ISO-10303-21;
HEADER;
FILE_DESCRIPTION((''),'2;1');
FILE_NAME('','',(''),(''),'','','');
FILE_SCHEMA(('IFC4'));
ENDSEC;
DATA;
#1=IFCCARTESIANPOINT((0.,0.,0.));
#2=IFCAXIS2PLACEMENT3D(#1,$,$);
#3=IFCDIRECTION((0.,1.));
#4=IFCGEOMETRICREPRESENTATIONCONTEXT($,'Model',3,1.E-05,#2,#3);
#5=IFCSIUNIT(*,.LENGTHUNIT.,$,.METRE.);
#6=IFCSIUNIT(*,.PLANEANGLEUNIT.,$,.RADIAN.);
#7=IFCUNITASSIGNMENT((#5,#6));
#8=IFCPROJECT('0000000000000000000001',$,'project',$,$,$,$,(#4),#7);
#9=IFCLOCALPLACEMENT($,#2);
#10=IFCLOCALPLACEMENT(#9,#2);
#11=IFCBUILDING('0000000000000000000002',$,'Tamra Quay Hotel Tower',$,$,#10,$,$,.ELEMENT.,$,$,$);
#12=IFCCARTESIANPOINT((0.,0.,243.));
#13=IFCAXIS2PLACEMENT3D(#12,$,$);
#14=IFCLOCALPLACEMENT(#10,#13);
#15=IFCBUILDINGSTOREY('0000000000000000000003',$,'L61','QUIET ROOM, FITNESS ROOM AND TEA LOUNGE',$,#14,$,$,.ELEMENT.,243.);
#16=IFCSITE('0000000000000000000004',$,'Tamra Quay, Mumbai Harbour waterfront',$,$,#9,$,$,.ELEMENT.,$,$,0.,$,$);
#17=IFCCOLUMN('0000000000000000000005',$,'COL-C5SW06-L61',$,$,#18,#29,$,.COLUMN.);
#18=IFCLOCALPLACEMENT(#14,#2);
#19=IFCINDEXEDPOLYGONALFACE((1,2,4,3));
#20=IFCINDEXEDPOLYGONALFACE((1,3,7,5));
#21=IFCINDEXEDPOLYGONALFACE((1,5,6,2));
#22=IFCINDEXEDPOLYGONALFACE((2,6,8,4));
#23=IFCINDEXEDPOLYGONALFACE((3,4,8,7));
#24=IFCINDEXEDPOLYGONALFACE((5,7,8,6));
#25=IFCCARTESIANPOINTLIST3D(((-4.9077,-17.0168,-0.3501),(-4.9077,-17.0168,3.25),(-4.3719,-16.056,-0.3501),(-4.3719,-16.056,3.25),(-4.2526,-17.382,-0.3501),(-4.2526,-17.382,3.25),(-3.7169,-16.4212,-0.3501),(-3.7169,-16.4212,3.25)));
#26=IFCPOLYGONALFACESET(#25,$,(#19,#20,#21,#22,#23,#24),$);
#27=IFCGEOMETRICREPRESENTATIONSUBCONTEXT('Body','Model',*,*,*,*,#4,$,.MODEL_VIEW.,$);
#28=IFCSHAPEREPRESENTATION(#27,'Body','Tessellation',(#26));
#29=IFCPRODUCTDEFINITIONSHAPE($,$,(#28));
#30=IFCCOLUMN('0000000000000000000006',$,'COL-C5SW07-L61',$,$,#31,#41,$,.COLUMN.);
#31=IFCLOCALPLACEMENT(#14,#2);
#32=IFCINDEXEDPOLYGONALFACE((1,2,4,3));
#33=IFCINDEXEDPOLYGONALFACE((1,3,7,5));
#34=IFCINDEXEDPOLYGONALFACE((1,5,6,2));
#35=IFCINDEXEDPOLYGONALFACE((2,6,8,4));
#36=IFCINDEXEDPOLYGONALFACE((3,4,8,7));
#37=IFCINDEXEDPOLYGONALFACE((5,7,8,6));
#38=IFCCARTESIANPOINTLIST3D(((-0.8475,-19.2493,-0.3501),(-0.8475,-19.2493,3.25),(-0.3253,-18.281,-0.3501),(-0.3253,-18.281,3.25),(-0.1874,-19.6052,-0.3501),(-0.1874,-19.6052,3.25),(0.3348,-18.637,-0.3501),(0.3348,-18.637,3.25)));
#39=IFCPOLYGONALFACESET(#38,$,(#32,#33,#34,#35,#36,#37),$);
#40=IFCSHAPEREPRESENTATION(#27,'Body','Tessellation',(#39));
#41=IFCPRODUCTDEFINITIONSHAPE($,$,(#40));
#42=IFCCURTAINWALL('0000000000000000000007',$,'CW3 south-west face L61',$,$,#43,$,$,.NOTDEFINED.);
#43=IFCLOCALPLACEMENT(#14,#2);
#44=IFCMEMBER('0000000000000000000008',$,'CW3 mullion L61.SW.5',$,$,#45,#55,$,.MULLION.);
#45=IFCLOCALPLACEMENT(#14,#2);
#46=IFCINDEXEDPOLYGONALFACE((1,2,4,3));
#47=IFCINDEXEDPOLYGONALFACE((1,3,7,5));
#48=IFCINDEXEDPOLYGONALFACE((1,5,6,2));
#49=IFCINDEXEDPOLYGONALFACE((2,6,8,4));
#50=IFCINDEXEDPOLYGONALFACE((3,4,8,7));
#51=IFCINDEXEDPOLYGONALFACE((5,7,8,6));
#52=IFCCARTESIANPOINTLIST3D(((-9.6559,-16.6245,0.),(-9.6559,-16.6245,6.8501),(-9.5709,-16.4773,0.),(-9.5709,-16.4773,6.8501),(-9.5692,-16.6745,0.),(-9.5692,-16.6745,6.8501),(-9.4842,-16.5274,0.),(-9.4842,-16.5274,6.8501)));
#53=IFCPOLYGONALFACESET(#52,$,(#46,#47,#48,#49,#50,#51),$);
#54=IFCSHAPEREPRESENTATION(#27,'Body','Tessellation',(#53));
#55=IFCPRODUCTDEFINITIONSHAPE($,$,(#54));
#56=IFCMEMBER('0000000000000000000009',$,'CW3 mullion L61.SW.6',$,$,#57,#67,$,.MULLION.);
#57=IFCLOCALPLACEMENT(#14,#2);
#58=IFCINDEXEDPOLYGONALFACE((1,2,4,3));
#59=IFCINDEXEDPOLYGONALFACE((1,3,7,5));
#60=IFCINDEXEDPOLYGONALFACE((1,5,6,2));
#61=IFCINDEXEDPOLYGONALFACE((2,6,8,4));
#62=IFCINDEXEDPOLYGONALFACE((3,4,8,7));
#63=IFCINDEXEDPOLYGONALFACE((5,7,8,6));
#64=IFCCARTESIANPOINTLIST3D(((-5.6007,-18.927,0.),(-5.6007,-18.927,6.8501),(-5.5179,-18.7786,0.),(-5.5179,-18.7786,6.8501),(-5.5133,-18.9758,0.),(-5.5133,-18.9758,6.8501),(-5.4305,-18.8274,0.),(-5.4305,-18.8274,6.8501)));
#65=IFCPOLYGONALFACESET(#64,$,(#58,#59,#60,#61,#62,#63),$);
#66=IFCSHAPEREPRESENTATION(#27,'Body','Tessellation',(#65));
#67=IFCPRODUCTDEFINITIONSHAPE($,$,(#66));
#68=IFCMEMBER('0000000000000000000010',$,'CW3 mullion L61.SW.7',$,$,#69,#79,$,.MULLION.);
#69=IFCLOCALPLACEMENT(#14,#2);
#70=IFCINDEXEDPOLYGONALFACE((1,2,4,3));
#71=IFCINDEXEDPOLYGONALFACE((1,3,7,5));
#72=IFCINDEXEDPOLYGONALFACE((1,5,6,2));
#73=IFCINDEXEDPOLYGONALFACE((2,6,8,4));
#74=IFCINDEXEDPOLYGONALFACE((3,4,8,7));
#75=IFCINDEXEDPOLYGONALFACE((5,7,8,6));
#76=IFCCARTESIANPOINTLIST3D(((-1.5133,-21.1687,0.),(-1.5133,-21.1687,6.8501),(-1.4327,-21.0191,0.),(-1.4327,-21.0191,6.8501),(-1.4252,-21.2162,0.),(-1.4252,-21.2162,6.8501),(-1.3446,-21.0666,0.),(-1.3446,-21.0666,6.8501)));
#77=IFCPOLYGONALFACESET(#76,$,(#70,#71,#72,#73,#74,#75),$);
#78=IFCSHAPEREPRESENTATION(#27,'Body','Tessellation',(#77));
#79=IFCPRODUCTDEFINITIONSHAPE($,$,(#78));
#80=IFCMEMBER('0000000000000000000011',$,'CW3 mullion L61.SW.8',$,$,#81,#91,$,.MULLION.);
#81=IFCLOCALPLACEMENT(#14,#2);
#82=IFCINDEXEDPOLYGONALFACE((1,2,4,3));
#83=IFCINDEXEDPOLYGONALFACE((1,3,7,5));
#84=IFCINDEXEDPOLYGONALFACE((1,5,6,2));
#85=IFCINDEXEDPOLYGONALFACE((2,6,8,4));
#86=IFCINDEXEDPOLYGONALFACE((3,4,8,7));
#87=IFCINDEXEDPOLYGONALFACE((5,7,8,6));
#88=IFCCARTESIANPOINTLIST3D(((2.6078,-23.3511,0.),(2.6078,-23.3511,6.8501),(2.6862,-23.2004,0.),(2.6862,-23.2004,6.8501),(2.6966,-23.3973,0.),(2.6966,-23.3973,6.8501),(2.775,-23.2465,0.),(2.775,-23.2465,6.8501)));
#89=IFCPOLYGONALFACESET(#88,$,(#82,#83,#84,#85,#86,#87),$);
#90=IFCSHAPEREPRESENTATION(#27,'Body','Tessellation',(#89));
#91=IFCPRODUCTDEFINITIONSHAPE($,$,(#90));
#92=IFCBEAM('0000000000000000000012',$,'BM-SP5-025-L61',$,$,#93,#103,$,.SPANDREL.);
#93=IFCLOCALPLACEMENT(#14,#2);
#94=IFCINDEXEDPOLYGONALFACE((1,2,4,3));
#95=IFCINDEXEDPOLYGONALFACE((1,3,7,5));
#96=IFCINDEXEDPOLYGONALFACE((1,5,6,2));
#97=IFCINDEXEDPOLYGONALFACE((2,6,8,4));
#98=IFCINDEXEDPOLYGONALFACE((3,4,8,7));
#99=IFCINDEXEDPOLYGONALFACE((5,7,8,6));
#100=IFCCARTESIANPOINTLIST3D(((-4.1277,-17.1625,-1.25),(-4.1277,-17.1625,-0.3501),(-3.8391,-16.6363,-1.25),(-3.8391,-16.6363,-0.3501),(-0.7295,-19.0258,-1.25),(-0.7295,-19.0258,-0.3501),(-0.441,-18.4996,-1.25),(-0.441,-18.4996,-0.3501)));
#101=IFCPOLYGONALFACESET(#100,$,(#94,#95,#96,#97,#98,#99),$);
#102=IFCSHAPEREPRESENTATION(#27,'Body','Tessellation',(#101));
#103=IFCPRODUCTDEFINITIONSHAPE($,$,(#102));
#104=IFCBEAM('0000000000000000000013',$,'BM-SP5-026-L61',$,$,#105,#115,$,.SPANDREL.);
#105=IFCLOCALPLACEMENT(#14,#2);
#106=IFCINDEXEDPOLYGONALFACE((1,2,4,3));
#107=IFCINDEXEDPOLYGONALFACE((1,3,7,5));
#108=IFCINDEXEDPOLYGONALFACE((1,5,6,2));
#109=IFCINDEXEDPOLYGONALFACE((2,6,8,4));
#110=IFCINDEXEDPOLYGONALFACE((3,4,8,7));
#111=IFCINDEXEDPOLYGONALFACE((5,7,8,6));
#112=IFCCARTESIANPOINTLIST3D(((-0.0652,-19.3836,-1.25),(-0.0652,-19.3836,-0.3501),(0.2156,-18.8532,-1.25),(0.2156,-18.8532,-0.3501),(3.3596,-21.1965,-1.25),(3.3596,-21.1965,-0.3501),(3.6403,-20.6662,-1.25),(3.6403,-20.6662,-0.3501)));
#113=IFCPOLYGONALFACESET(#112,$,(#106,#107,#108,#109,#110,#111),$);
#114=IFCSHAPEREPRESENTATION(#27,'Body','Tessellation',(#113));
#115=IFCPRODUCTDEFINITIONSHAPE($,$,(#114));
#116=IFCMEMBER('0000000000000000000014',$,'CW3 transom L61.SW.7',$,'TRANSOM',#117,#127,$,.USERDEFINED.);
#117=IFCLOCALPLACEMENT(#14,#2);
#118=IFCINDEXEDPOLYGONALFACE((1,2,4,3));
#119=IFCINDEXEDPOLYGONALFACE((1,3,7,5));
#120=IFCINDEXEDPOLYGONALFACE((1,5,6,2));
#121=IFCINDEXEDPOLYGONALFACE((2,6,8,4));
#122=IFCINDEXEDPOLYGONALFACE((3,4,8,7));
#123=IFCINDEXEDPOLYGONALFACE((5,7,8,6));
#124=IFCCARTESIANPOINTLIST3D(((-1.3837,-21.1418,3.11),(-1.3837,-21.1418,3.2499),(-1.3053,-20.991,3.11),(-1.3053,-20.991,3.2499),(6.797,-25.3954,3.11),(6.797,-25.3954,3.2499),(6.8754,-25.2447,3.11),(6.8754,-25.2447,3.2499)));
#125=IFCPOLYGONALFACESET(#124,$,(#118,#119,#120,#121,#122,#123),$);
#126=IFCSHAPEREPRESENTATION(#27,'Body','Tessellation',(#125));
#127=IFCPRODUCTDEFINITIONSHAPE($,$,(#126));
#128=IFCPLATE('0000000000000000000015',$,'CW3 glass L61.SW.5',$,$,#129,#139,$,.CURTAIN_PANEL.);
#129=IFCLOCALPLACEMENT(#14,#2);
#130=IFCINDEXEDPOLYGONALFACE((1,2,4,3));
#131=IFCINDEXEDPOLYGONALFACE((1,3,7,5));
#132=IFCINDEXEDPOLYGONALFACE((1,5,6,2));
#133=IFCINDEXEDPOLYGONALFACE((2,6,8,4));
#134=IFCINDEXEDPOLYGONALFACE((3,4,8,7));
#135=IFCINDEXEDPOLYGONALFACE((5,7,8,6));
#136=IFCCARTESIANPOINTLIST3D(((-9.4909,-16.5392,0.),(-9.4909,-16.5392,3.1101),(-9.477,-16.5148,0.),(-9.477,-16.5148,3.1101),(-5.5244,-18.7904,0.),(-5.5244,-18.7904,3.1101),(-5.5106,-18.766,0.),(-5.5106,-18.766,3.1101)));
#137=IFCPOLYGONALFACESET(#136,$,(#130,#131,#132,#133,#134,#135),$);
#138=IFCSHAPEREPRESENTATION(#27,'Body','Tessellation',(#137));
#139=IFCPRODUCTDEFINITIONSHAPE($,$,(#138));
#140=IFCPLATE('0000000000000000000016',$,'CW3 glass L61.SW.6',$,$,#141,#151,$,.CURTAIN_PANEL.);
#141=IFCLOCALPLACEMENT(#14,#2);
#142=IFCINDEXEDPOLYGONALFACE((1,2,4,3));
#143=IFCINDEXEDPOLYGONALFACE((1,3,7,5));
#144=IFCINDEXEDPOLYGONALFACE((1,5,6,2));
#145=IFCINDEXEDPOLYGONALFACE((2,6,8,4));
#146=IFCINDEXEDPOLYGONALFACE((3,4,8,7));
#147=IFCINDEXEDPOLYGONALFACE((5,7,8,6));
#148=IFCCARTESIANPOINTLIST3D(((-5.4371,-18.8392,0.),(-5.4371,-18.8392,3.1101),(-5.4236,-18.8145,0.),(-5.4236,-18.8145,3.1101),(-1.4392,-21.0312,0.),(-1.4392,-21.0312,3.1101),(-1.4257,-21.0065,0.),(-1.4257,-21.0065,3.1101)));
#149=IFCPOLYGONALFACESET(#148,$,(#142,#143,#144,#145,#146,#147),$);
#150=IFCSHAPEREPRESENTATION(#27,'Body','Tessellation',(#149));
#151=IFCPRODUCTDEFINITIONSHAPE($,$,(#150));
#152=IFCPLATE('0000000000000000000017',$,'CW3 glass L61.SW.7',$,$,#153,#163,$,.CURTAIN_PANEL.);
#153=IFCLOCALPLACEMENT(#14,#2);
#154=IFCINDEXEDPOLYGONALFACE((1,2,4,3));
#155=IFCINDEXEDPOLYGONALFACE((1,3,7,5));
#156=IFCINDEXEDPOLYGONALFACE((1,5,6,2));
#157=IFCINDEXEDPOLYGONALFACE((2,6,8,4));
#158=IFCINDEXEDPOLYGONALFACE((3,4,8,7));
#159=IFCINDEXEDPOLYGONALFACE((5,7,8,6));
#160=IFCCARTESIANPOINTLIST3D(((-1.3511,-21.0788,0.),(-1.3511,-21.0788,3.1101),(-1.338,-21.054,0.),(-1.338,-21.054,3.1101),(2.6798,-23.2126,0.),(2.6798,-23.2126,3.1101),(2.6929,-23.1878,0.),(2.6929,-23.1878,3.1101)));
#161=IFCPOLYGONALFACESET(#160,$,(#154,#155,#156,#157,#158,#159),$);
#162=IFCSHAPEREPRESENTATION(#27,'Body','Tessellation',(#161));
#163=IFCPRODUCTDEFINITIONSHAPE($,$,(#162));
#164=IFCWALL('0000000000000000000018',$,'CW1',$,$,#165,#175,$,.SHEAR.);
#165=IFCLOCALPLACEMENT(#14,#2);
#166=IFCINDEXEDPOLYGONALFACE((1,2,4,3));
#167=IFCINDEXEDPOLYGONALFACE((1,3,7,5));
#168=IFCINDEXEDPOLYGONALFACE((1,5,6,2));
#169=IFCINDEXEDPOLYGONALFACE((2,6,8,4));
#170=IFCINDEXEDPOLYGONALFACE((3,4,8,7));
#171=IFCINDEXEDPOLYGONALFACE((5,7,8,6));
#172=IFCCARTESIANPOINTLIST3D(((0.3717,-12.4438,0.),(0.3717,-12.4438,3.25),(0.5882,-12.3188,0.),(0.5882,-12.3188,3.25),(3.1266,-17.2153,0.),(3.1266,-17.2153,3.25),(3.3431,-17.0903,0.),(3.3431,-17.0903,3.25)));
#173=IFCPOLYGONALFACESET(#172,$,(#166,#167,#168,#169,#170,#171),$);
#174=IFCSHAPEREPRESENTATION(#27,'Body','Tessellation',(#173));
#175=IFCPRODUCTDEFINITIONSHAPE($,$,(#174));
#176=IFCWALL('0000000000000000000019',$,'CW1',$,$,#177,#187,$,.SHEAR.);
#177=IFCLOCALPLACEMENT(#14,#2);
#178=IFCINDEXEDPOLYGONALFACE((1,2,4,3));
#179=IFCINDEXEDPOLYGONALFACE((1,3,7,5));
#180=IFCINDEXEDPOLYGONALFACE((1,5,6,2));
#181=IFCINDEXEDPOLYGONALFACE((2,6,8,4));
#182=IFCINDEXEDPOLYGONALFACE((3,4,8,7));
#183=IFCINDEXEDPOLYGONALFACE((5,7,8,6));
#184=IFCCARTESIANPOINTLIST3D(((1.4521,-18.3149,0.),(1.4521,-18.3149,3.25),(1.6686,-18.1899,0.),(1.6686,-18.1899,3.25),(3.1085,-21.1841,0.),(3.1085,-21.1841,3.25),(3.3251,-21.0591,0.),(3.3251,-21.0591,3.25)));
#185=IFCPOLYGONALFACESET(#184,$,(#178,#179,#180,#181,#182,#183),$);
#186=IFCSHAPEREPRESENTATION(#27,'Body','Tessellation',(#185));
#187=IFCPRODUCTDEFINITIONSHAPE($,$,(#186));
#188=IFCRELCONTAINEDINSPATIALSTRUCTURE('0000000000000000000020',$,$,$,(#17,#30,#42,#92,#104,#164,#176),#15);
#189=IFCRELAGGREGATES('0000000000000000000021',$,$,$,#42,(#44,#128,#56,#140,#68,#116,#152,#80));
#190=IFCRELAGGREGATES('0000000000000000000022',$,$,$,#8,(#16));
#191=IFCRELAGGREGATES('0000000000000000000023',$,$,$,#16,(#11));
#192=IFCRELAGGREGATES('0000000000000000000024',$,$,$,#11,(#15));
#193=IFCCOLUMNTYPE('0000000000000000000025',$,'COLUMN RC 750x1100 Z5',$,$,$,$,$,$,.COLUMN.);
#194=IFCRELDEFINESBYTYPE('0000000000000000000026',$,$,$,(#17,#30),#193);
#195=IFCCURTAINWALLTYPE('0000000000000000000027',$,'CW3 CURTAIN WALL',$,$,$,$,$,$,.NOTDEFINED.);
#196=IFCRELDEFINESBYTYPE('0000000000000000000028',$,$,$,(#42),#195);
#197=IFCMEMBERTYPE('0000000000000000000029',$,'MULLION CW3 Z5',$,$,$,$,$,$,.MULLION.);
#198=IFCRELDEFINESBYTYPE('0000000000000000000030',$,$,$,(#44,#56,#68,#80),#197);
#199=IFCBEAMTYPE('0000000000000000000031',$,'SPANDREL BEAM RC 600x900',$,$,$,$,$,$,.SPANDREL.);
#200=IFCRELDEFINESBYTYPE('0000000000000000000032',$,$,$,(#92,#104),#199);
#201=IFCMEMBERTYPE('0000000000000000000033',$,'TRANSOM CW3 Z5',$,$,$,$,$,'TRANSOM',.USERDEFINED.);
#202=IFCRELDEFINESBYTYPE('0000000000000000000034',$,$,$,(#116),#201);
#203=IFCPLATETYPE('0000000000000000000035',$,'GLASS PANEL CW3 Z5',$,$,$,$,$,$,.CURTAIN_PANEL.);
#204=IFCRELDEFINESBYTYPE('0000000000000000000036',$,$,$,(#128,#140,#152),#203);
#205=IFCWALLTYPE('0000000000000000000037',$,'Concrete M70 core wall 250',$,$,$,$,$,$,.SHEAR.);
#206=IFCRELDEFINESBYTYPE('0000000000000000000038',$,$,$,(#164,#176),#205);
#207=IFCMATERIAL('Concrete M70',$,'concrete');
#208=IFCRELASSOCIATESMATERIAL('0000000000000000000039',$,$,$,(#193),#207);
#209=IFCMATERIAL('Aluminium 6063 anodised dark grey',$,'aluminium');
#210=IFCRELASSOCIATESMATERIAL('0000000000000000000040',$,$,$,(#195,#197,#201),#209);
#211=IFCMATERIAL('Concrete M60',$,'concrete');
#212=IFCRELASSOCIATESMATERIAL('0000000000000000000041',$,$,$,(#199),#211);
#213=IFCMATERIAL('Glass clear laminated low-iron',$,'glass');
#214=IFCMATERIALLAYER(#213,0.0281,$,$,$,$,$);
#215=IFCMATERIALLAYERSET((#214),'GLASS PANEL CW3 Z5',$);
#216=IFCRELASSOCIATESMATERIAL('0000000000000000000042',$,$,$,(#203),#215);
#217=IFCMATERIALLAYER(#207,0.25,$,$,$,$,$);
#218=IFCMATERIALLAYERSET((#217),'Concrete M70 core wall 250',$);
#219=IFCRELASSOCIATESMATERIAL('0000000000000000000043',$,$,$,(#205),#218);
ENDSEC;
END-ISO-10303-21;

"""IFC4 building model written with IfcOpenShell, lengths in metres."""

from ifc_helpers import new_model, si_unit, direction, frame, frame_2d, origin, origin_2d, place, context, subcontext, project, spatial, rectangle, extrude, material, layer, layer_set, material_profile, profile_set, type_object, element, aggregate, save


model = new_model("IFC4")

# Units and contexts
model_context = context("Model", 3, precision=1e-05, world=origin(), true_north=direction((0.0, 1.0)))
body_context = subcontext(model_context, "Body", "Model", "MODEL_VIEW")
ifc_project = project(units=[si_unit("LENGTHUNIT", "METRE"), si_unit("PLANEANGLEUNIT", "RADIAN")], contexts=[model_context])

# Site, building, storey
site_placement = place(None, origin())
site = spatial("IfcSite", under=ifc_project, at=site_placement, Name="Tamra Quay, Mumbai Harbour waterfront", CompositionType="ELEMENT", RefElevation=0.0)
building_placement = place(site_placement, origin())
building = spatial("IfcBuilding", under=site, at=building_placement, Name="Tamra Quay Hotel Tower", CompositionType="ELEMENT")
storey_placement = place(building_placement, frame((0.0, 0.0, 243.0)))
storey = spatial("IfcBuildingStorey", under=building, at=storey_placement, Name="L61", Description="QUIET ROOM, FITNESS ROOM AND TEA LOUNGE", CompositionType="ELEMENT", Elevation=243.0)

# Columns
ifc_material_1 = material(Name="Concrete M70", Category="concrete")
ifc_material_profile_1 = material_profile(ifc_material_1, rectangle(XDim=1.1001, YDim=0.75, at=origin_2d()), Name="COLUMN RC 750x1100 Z5")
ifc_profile_set_1 = profile_set([ifc_material_profile_1], Name="Concrete M70")
column_type = type_object("IfcColumnType", Name="COLUMN RC 750x1100 Z5", PredefinedType="COLUMN", material=ifc_profile_set_1)
for number, where, z_axis, x_axis, name in (
    (1, (-4.3123, -16.719, -0.3501), (0.0, 0.0, 1.0), (0.486989, 0.873408, 0.0), "COL-C5SW06-L61"),
    (2, (-0.2563, -18.9431, -0.3501), (0.0, 0.0, 1.0), (0.474651, 0.880174, 0.0), "COL-C5SW07-L61"),
):
    element("IfcColumn", number, at=place(storey_placement, frame(where, z_axis=z_axis, x_axis=x_axis)), inside=storey, type_object=column_type, Name=name, PredefinedType="COLUMN", context=body_context, shape_type="SweptSolid", body=[
        extrude(rectangle(XDim=1.1001, YDim=0.75, at=origin_2d()), origin(), (0.0, 0.0, 1.0), 3.6001),
    ])

# Curtain wall, members
ifc_material_2 = material(Name="Aluminium 6063 anodised dark grey", Category="aluminium")
curtain_wall_type = type_object("IfcCurtainWallType", Name="CW3 CURTAIN WALL", PredefinedType="NOTDEFINED", material=ifc_material_2)
curtain_wall_placement = place(storey_placement, origin())
curtain_wall = element("IfcCurtainWall", 3, at=curtain_wall_placement, inside=storey, type_object=curtain_wall_type, Name="CW3 south-west face L61", PredefinedType="NOTDEFINED")
ifc_material_profile_2 = material_profile(ifc_material_2, rectangle(XDim=0.1699, YDim=0.1001, at=origin_2d()), Name="MULLION 100X170")
ifc_profile_set_2 = profile_set([ifc_material_profile_2], Name="Aluminium 6063 anodised dark grey")
member_type_1 = type_object("IfcMemberType", Name="MULLION CW3 Z5", PredefinedType="MULLION", material=ifc_profile_set_2)
member_1_placement = place(storey_placement, frame((-9.5701, -16.5759, 0.0), z_axis=(0.0, 0.0, 1.0), x_axis=(-0.5, -0.866025, 0.0)))
member_1 = element("IfcMember", 4, at=member_1_placement, type_object=member_type_1, Name="CW3 mullion L61.SW.5", PredefinedType="MULLION", context=body_context, shape_type="SweptSolid", body=[
    extrude(rectangle(XDim=0.1699, YDim=0.1001, at=origin_2d()), origin(), (0.0, 0.0, 1.0), 6.8501),
])
member_2_placement = place(storey_placement, frame((-5.5156, -18.8772, 0.0), z_axis=(0.0, 0.0, 1.0), x_axis=(-0.487204, -0.873288, 0.0)))
member_2 = element("IfcMember", 5, at=member_2_placement, type_object=member_type_1, Name="CW3 mullion L61.SW.6", PredefinedType="MULLION", context=body_context, shape_type="SweptSolid", body=[
    extrude(rectangle(XDim=0.1699, YDim=0.1001, at=origin_2d()), origin(), (0.0, 0.0, 1.0), 6.8501),
])
member_3_placement = place(storey_placement, frame((-1.429, -21.1177, 0.0), z_axis=(0.0, 0.0, 1.0), x_axis=(-0.474319, -0.880353, 0.0)))
member_3 = element("IfcMember", 6, at=member_3_placement, type_object=member_type_1, Name="CW3 mullion L61.SW.7", PredefinedType="MULLION", context=body_context, shape_type="SweptSolid", body=[
    extrude(rectangle(XDim=0.1699, YDim=0.1001, at=origin_2d()), origin(), (0.0, 0.0, 1.0), 6.8501),
])
member_4_placement = place(storey_placement, frame((2.6914, -23.2988, 0.0), z_axis=(0.0, 0.0, 1.0), x_axis=(-0.461344, -0.887221, 0.0)))
member_4 = element("IfcMember", 7, at=member_4_placement, type_object=member_type_1, Name="CW3 mullion L61.SW.8", PredefinedType="MULLION", context=body_context, shape_type="SweptSolid", body=[
    extrude(rectangle(XDim=0.1699, YDim=0.1001, at=origin_2d()), origin(), (0.0, 0.0, 1.0), 6.8501),
])

# Beams
ifc_material_3 = material(Name="Concrete M60", Category="concrete")
ifc_material_profile_3 = material_profile(ifc_material_3, rectangle(XDim=0.6001, YDim=0.8999, at=origin_2d()), Name="SPANDREL BEAM RC 600x900")
ifc_profile_set_3 = profile_set([ifc_material_profile_3], Name="Concrete M60")
beam_type = type_object("IfcBeamType", Name="SPANDREL BEAM RC 600x900", PredefinedType="SPANDREL", material=ifc_profile_set_3)
beam_1_placement = place(storey_placement, frame((-3.9834, -16.8994, -0.8), z_axis=(0.876839, -0.480784, 0.0), x_axis=(0.480784, 0.876839, 0.0)))
element("IfcBeam", 8, at=beam_1_placement, inside=storey, type_object=beam_type, Name="BM-SP5-025-L61", PredefinedType="SPANDREL", context=body_context, shape_type="SweptSolid", body=[
    extrude(rectangle(XDim=0.6001, YDim=0.8999, at=origin_2d()), origin(), (0.0, 0.0, 1.0), 3.8755),
])
beam_2_placement = place(storey_placement, frame((0.0752, -19.1184, -0.8), z_axis=(0.883803, -0.467859, 0.0), x_axis=(0.467859, 0.883803, 0.0)))
element("IfcBeam", 9, at=beam_2_placement, inside=storey, type_object=beam_type, Name="BM-SP5-026-L61", PredefinedType="SPANDREL", context=body_context, shape_type="SweptSolid", body=[
    extrude(rectangle(XDim=0.6001, YDim=0.8999, at=origin_2d()), origin(), (0.0, 0.0, 1.0), 3.875),
])

# Member
ifc_material_profile_4 = material_profile(ifc_material_2, rectangle(XDim=0.1699, YDim=0.1399, at=origin_2d()), Name="TRANSOM 170X140")
ifc_profile_set_4 = profile_set([ifc_material_profile_4], Name="Aluminium 6063 anodised dark grey")
member_type_2 = type_object("IfcMemberType", Name="TRANSOM CW3 Z5", ElementType="TRANSOM", PredefinedType="USERDEFINED", material=ifc_profile_set_4)
member_5_placement = place(storey_placement, frame((-1.3445, -21.0664, 3.1799), z_axis=(0.887229, -0.461329, 0.0), x_axis=(0.461329, 0.887229, 0.0)))
member_5 = element("IfcMember", 10, at=member_5_placement, type_object=member_type_2, Name="CW3 transom L61.SW.7", ObjectType="TRANSOM", PredefinedType="USERDEFINED", context=body_context, shape_type="SweptSolid", body=[
    extrude(rectangle(XDim=0.1699, YDim=0.1399, at=origin_2d()), origin(), (0.0, 0.0, 1.0), 9.2205),
])

# Plates
ifc_material_4 = material(Name="Glass clear laminated low-iron", Category="glass")
ifc_layer_1 = layer(ifc_material_4, 0.0281)
ifc_layer_set_1 = layer_set([ifc_layer_1], Name="GLASS PANEL CW3 Z5")
plate_type = type_object("IfcPlateType", Name="GLASS PANEL CW3 Z5", PredefinedType="CURTAIN_PANEL", material=ifc_layer_set_1)
plate_1_placement = place(storey_placement, frame((-7.5007, -17.6526, 0.0), z_axis=(0.0, 0.0, 1.0), x_axis=(0.869683, -0.493611, 0.0)))
plate_1 = element("IfcPlate", 11, at=plate_1_placement, type_object=plate_type, Name="CW3 glass L61.SW.5", PredefinedType="CURTAIN_PANEL", context=body_context, shape_type="SweptSolid", body=[
    extrude(rectangle(XDim=4.5608, YDim=0.0281, at=origin_2d()), origin(), (0.0, 0.0, 1.0), 3.1101),
])
plate_2_placement = place(storey_placement, frame((-3.4314, -19.9229, 0.0), z_axis=(0.0, 0.0, 1.0), x_axis=(0.876846, -0.480771, 0.0)))
plate_2 = element("IfcPlate", 12, at=plate_2_placement, type_object=plate_type, Name="CW3 glass L61.SW.6", PredefinedType="CURTAIN_PANEL", context=body_context, shape_type="SweptSolid", body=[
    extrude(rectangle(XDim=4.5593, YDim=0.0281, at=origin_2d()), origin(), (0.0, 0.0, 1.0), 3.1101),
])
plate_3_placement = place(storey_placement, frame((0.6709, -22.1333, 0.0), z_axis=(0.0, 0.0, 1.0), x_axis=(0.883813, -0.467841, 0.0)))
plate_3 = element("IfcPlate", 13, at=plate_3_placement, type_object=plate_type, Name="CW3 glass L61.SW.7", PredefinedType="CURTAIN_PANEL", context=body_context, shape_type="SweptSolid", body=[
    extrude(rectangle(XDim=4.5608, YDim=0.0281, at=origin_2d()), origin(), (0.0, 0.0, 1.0), 3.1101),
])
aggregate(curtain_wall, [member_1, plate_1, member_2, plate_2, member_3, member_5, plate_3, member_4])

# Walls
ifc_layer_2 = layer(ifc_material_1, 0.25)
ifc_layer_set_2 = layer_set([ifc_layer_2], Name="Concrete M70 core wall 250")
wall_type_1 = type_object("IfcWallType", Name="Concrete M70 core wall 250", PredefinedType="SHEAR", material=ifc_layer_set_2)
wall_1_placement = place(storey_placement, frame((3.2349, -17.1528, 0.0), z_axis=(0.0, 0.0, 1.0), x_axis=(-0.500009, 0.86602, 0.0)))
element("IfcWall", 14, at=wall_1_placement, inside=storey, type_object=wall_type_1, Name="CW1", PredefinedType="SHEAR", context=body_context, shape_type="SweptSolid", body=[
    extrude(rectangle(XDim=5.5098, YDim=0.25, at=frame_2d((2.7549, 0.0))), origin(), (0.0, 0.0, 1.0), 3.25),
])
wall_2_placement = place(storey_placement, frame((3.2168, -21.1216, 0.0), z_axis=(0.0, 0.0, 1.0), x_axis=(-0.499999, 0.866026, 0.0)))
element("IfcWall", 15, at=wall_2_placement, inside=storey, type_object=wall_type_1, Name="CW1", PredefinedType="SHEAR", context=body_context, shape_type="SweptSolid", body=[
    extrude(rectangle(XDim=3.313, YDim=0.25, at=frame_2d((1.6565, 0.0))), origin(), (0.0, 0.0, 1.0), 3.25),
])

save(model, "model.ifc")
